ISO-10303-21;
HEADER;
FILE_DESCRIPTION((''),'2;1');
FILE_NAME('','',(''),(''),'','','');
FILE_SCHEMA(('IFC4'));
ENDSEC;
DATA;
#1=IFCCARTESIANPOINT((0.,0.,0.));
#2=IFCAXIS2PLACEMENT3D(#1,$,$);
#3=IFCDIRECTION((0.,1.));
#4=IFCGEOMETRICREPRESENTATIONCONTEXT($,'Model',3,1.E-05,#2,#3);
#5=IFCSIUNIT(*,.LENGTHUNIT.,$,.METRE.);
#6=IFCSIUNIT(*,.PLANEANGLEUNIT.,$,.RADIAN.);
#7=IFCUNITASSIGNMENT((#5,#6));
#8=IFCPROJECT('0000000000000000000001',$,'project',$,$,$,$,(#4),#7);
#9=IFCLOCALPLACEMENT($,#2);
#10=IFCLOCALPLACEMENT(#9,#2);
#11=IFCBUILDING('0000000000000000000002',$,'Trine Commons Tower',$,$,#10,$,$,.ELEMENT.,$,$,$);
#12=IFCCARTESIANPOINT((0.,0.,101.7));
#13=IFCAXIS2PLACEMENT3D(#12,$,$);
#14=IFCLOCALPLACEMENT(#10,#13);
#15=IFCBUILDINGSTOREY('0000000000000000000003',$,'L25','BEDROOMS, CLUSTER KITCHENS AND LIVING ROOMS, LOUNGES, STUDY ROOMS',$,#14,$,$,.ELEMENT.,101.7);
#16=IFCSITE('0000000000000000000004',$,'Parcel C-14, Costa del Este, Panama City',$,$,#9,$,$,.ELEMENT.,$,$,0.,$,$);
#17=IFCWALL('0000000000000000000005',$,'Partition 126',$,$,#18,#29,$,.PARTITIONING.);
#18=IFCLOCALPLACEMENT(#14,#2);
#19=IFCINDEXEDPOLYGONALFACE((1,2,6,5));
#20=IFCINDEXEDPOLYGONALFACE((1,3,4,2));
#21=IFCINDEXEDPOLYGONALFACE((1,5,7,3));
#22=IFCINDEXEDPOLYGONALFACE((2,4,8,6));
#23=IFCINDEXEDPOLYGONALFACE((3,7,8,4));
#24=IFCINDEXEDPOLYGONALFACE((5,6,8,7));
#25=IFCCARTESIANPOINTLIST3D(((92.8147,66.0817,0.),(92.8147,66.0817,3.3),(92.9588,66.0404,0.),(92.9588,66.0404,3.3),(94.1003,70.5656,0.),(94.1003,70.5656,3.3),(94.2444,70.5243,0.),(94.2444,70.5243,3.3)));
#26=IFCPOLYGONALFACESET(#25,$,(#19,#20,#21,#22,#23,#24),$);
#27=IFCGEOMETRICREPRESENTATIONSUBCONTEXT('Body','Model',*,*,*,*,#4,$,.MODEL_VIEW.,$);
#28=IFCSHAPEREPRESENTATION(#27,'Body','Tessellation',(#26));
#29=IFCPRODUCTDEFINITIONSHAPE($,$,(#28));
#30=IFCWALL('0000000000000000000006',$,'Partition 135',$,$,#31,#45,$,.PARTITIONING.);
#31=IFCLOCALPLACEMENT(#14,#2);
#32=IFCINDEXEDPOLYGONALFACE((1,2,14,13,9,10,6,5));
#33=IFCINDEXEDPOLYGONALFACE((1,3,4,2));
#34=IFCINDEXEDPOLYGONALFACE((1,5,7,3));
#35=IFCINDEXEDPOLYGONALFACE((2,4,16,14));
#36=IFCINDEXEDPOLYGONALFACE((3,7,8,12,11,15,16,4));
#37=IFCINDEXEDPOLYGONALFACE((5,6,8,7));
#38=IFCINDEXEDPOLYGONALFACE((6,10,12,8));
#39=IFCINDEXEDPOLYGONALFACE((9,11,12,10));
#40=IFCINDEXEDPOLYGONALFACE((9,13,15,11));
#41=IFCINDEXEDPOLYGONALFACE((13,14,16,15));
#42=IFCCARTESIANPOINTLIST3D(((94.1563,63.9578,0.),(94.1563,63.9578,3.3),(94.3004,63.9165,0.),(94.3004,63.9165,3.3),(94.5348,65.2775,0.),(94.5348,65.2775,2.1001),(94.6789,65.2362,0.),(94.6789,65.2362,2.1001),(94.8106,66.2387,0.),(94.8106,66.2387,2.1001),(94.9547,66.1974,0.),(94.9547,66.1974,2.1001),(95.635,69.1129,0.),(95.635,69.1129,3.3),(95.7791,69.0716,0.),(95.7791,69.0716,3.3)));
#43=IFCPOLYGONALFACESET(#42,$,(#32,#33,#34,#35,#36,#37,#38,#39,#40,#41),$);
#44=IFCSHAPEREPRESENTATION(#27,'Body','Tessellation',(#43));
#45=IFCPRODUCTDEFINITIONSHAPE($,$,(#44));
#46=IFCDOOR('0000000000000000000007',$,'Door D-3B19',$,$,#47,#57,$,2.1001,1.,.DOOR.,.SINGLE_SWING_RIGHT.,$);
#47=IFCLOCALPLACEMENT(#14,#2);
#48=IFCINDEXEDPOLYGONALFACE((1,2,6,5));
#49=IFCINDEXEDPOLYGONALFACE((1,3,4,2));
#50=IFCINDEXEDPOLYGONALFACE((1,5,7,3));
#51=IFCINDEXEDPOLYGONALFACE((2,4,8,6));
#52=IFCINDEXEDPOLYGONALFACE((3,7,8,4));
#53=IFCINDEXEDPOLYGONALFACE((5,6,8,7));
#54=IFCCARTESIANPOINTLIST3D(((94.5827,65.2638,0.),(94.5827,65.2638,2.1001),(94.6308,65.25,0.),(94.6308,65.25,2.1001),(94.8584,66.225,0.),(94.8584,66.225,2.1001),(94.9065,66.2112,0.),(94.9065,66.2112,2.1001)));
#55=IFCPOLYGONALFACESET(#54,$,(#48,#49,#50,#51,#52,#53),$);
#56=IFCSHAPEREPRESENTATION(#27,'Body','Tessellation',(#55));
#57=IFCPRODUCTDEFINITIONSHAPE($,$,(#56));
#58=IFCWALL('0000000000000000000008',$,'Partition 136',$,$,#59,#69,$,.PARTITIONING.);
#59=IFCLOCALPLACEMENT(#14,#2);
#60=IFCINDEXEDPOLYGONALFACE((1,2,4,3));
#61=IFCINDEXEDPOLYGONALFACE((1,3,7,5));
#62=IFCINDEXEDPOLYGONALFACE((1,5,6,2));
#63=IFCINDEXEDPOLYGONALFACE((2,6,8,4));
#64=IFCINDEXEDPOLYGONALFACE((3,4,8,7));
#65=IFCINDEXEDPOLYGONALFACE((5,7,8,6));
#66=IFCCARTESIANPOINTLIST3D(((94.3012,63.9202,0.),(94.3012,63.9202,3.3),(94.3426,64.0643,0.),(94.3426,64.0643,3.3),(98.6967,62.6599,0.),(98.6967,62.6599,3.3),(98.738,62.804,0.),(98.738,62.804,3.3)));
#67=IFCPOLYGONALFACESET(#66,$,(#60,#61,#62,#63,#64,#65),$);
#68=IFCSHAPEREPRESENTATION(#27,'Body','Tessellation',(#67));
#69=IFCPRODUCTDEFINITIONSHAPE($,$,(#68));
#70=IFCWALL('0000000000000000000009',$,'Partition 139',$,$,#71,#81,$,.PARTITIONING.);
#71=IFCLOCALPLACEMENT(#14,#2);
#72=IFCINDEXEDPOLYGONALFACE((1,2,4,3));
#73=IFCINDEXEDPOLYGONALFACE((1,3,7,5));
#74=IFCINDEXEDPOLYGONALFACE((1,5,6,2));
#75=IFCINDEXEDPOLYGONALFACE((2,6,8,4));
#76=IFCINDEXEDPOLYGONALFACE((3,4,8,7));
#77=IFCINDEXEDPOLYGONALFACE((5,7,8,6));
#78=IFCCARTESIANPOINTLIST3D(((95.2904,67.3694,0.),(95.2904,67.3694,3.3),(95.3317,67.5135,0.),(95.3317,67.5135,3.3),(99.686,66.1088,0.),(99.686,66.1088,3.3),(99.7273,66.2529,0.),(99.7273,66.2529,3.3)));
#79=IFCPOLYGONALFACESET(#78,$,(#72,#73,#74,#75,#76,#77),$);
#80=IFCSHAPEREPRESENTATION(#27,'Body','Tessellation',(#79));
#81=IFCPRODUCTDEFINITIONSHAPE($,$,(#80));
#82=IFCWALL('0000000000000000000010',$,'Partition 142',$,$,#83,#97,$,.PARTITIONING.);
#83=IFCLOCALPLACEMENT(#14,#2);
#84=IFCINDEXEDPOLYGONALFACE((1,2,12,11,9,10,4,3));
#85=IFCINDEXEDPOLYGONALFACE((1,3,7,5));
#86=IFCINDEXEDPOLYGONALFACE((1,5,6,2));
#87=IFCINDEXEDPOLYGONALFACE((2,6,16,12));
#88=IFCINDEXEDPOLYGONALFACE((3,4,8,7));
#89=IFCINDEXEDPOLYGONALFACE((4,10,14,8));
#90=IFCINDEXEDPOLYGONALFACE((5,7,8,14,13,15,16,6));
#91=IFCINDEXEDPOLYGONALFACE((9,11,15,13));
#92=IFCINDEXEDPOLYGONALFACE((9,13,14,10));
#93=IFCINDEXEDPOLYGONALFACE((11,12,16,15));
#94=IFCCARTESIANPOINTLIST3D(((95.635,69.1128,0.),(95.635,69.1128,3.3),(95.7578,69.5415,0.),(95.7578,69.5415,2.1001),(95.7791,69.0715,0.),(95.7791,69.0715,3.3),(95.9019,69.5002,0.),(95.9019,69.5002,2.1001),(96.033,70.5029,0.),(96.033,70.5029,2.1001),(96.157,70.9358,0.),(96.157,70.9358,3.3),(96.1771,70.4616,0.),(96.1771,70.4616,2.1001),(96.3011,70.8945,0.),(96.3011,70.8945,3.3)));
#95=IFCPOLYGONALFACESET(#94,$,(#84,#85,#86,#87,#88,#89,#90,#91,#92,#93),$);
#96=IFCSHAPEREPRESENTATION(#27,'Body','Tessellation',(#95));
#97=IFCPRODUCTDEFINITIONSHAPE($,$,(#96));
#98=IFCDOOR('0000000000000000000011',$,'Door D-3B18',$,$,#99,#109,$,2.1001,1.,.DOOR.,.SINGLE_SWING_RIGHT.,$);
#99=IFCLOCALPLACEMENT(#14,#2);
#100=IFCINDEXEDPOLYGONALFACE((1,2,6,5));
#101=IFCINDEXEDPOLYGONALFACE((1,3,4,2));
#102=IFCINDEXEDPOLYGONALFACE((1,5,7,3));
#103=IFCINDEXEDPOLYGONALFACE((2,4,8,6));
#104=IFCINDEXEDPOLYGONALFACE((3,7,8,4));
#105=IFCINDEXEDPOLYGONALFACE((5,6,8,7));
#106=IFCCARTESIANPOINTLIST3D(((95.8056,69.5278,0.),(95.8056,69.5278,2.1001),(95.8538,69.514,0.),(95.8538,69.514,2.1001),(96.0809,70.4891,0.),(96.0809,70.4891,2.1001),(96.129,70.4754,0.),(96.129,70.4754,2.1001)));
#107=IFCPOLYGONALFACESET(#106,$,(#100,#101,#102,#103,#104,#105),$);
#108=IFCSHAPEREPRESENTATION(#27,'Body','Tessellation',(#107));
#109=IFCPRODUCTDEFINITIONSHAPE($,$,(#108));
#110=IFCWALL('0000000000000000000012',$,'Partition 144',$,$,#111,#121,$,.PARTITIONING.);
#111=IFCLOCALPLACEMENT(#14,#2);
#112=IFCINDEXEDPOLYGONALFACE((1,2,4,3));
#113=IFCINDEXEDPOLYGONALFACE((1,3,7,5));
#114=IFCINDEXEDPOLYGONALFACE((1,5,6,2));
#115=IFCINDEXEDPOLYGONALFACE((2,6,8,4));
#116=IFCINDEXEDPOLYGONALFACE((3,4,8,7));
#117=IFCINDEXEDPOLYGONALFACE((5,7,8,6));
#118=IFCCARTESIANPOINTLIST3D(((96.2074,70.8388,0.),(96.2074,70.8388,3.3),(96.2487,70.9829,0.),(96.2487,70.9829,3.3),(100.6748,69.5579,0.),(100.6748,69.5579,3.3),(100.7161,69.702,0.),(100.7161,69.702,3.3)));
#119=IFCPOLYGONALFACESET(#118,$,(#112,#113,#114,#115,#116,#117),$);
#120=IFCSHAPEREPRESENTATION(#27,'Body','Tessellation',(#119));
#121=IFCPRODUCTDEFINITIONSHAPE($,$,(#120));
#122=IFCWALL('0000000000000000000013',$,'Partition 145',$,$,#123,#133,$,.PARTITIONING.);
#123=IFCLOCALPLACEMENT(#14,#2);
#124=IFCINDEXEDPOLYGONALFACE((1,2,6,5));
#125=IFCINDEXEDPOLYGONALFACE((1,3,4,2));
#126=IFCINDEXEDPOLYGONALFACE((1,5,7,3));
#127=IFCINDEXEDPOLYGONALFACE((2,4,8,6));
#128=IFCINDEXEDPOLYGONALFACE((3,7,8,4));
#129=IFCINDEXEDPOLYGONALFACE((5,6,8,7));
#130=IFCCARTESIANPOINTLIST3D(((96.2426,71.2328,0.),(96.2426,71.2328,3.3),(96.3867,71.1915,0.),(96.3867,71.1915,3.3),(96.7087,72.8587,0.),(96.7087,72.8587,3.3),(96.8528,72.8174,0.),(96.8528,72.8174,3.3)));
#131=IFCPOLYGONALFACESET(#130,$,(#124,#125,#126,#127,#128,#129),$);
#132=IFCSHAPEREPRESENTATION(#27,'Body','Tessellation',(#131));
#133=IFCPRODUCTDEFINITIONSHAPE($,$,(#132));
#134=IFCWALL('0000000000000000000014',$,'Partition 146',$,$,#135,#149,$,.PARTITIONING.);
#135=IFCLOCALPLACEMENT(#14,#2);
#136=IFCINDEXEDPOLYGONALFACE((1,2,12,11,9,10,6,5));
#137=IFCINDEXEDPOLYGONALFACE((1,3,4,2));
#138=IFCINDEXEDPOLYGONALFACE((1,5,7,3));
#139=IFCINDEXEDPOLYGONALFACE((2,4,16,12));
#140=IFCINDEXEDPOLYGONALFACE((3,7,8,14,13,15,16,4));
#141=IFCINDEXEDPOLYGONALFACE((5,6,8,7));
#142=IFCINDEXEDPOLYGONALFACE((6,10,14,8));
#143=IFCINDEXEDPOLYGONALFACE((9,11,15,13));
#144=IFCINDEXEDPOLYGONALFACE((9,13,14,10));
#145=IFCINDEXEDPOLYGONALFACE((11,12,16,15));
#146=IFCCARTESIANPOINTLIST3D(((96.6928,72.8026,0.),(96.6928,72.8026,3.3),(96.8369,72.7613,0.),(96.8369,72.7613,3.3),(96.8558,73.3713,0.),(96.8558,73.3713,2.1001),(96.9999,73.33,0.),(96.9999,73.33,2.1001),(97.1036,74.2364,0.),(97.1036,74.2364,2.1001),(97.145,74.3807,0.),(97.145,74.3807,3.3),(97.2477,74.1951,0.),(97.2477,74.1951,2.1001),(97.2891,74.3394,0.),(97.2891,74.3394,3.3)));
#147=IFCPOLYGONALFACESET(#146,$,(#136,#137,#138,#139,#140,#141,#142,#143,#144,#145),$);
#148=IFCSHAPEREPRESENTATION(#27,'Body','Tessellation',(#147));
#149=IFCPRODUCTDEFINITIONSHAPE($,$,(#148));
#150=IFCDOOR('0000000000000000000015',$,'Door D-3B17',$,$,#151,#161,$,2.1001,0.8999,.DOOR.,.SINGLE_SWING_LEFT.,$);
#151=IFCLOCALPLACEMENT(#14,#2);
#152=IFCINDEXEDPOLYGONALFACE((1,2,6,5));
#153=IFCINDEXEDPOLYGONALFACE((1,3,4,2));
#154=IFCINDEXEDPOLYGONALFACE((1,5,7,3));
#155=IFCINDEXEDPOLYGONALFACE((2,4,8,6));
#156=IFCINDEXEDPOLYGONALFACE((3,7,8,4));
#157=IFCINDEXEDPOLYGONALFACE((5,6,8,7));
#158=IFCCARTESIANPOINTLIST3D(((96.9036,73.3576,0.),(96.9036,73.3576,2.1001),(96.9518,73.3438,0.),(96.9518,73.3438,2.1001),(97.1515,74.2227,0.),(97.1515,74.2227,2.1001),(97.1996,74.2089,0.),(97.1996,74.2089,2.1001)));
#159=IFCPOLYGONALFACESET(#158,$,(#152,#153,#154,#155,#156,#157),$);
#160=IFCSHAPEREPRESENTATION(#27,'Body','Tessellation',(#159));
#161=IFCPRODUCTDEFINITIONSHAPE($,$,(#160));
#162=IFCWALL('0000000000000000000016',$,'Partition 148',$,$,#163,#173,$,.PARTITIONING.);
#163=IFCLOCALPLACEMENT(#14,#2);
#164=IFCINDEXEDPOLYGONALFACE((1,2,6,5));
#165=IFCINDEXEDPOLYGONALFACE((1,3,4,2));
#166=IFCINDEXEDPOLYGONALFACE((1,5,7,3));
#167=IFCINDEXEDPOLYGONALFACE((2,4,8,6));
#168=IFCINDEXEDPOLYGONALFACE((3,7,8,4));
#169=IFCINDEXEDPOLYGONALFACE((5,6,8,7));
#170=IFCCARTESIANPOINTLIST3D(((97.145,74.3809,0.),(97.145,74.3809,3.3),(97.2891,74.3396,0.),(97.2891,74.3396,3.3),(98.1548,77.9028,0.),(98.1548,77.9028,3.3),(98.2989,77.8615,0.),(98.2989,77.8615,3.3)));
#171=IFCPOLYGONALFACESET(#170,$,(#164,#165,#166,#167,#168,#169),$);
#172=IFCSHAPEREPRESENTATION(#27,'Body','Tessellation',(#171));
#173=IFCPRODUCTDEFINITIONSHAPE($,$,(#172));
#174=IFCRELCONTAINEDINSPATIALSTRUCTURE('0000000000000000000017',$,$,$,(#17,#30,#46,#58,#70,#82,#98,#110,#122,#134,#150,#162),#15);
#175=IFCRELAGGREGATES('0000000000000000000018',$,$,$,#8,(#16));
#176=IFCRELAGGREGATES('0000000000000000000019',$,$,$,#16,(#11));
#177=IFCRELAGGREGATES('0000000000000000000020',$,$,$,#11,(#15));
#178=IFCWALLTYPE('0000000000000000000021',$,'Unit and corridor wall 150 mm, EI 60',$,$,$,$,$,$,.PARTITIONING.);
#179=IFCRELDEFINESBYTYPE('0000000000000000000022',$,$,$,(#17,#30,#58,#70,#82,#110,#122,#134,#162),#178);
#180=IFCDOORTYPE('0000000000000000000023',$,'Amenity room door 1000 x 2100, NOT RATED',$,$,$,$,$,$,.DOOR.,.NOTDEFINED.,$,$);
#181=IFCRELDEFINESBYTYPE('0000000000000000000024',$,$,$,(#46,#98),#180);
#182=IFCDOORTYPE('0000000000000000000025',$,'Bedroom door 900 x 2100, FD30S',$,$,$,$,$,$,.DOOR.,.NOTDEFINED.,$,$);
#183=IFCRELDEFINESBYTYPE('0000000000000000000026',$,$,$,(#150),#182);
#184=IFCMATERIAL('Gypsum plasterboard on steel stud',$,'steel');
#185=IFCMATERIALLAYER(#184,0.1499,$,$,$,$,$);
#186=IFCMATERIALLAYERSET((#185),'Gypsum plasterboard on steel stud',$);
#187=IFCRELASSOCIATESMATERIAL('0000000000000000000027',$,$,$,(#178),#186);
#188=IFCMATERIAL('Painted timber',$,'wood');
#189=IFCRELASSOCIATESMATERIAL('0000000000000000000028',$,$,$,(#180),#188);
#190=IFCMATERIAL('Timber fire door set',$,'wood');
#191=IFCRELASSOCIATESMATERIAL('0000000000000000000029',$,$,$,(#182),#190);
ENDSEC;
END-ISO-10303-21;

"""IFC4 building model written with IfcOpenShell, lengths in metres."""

from ifc_helpers import new_model, si_unit, direction, frame, frame_2d, origin, place, context, subcontext, project, spatial, rectangle, extrude, material, layer, layer_set, type_object, element, fill, save


model = new_model("IFC4")

# Units and contexts
model_context = context("Model", 3, precision=1e-05, world=origin(), true_north=direction((0.0, 1.0)))
body_context = subcontext(model_context, "Body", "Model", "MODEL_VIEW")
ifc_project = project(units=[si_unit("LENGTHUNIT", "METRE"), si_unit("PLANEANGLEUNIT", "RADIAN")], contexts=[model_context])

# Site, building, storey
site_placement = place(None, origin())
site = spatial("IfcSite", under=ifc_project, at=site_placement, Name="Parcel C-14, Costa del Este, Panama City", CompositionType="ELEMENT", RefElevation=0.0)
building_placement = place(site_placement, origin())
building = spatial("IfcBuilding", under=site, at=building_placement, Name="Trine Commons Tower", CompositionType="ELEMENT")
storey_placement = place(building_placement, frame((0.0, 0.0, 101.7)))
storey = spatial("IfcBuildingStorey", under=building, at=storey_placement, Name="L25", Description="BEDROOMS, CLUSTER KITCHENS AND LIVING ROOMS, LOUNGES, STUDY ROOMS", CompositionType="ELEMENT", Elevation=101.7)

# Wall
ifc_material_1 = material(Name="Gypsum plasterboard on steel stud", Category="steel")
ifc_layer_1 = layer(ifc_material_1, 0.1499)
ifc_layer_set_1 = layer_set([ifc_layer_1], Name="Gypsum plasterboard on steel stud")
wall_type_1 = type_object("IfcWallType", Name="Unit and corridor wall 150 mm, EI 60", PredefinedType="PARTITIONING", material=ifc_layer_set_1)
wall_1_placement = place(storey_placement, frame((92.8867, 66.061, 0.0), z_axis=(0.0, 0.0, 1.0), x_axis=(0.27562, 0.961267, 0.0)))
element("IfcWall", 1, at=wall_1_placement, inside=storey, type_object=wall_type_1, Name="Partition 126", PredefinedType="PARTITIONING", context=body_context, shape_type="SweptSolid", body=[
    extrude(rectangle(XDim=4.6646, YDim=0.1499, at=frame_2d((2.3323, 0.0))), origin(), (0.0, 0.0, 1.0), 3.3),
])

# Wall, opening, door
wall_2_placement = place(storey_placement, frame((94.2283, 63.937, 0.0), z_axis=(0.0, 0.0, 1.0), x_axis=(0.275737, 0.961233, 0.0)))
wall_2 = element("IfcWall", 2, at=wall_2_placement, inside=storey, type_object=wall_type_1, Name="Partition 135", PredefinedType="PARTITIONING", context=body_context, shape_type="SweptSolid", body=[
    extrude(rectangle(XDim=5.363, YDim=0.1499, at=frame_2d((2.6816, 0.0))), origin(), (0.0, 0.0, 1.0), 3.3),
])
opening_1_placement = place(wall_2_placement, frame((1.373, 0.0, 0.0)))
opening_1 = element("IfcOpeningElement", 3, at=opening_1_placement, cuts=wall_2, PredefinedType="OPENING", context=body_context, shape_type="SweptSolid", body=[
    extrude(rectangle(XDim=1.0, YDim=2.1001, at=frame_2d((0.5, 1.05))), frame((0.0, 0.085, 0.0), z_axis=(0.0, -1.0, 0.0), x_axis=(1.0, 0.0, 0.0)), (0.0, 0.0, 1.0), 0.1699),
])
ifc_material_2 = material(Name="Painted timber", Category="wood")
door_type_1 = type_object("IfcDoorType", Name="Amenity room door 1000 x 2100, NOT RATED", OperationType="NOTDEFINED", PredefinedType="DOOR", material=ifc_material_2)
door_1_placement = place(opening_1_placement, frame((1.0, 0.0, 0.0), z_axis=(0.0, 0.0, 1.0), x_axis=(-1.0, 0.0, 0.0)))
door_1 = element("IfcDoor", 4, at=door_1_placement, inside=storey, type_object=door_type_1, Name="Door D-3B19", OperationType="SINGLE_SWING_RIGHT", OverallHeight=2.1001, OverallWidth=1.0, PredefinedType="DOOR", context=body_context, shape_type="SweptSolid", body=[
    extrude(rectangle(XDim=1.0, YDim=2.1001, at=frame_2d((0.5, 1.05))), frame((0.0, 0.0249, 0.0), z_axis=(0.0, -1.0, 0.0), x_axis=(1.0, 0.0, 0.0)), (0.0, 0.0, 1.0), 0.05),
])
fill(opening_1, door_1)

# Walls
wall_3_placement = place(storey_placement, frame((94.322, 63.9922, 0.0), z_axis=(0.0, 0.0, 1.0), x_axis=(0.96127, -0.27561, 0.0)))
element("IfcWall", 5, at=wall_3_placement, inside=storey, type_object=wall_type_1, Name="Partition 136", PredefinedType="PARTITIONING", context=body_context, shape_type="SweptSolid", body=[
    extrude(rectangle(XDim=4.5725, YDim=0.1499, at=frame_2d((2.2861, 0.0))), origin(), (0.0, 0.0, 1.0), 3.3),
])
wall_4_placement = place(storey_placement, frame((95.311, 67.4414, 0.0), z_axis=(0.0, 0.0, 1.0), x_axis=(0.961256, -0.275659, 0.0)))
element("IfcWall", 6, at=wall_4_placement, inside=storey, type_object=wall_type_1, Name="Partition 139", PredefinedType="PARTITIONING", context=body_context, shape_type="SweptSolid", body=[
    extrude(rectangle(XDim=4.5728, YDim=0.1499, at=frame_2d((2.2864, 0.0))), origin(), (0.0, 0.0, 1.0), 3.3),
])

# Wall, opening, door
wall_5_placement = place(storey_placement, frame((95.707, 69.092, 0.0), z_axis=(0.0, 0.0, 1.0), x_axis=(0.275265, 0.961368, 0.0)))
wall_5 = element("IfcWall", 7, at=wall_5_placement, inside=storey, type_object=wall_type_1, Name="Partition 142", PredefinedType="PARTITIONING", context=body_context, shape_type="SweptSolid", body=[
    extrude(rectangle(XDim=1.8962, YDim=0.1499, at=frame_2d((0.9482, 0.0))), origin(), (0.0, 0.0, 1.0), 3.3),
])
opening_2_placement = place(wall_5_placement, frame((0.446, 0.0, 0.0)))
opening_2 = element("IfcOpeningElement", 8, at=opening_2_placement, cuts=wall_5, PredefinedType="OPENING", context=body_context, shape_type="SweptSolid", body=[
    extrude(rectangle(XDim=1.0, YDim=2.1001, at=frame_2d((0.5, 1.05))), frame((0.0, 0.085, 0.0), z_axis=(0.0, -1.0, 0.0), x_axis=(1.0, 0.0, 0.0)), (0.0, 0.0, 1.0), 0.1699),
])
door_2_placement = place(opening_2_placement, frame((1.0, 0.0, 0.0), z_axis=(0.0, 0.0, 1.0), x_axis=(-1.0, 0.0, 0.0)))
door_2 = element("IfcDoor", 9, at=door_2_placement, inside=storey, type_object=door_type_1, Name="Door D-3B18", OperationType="SINGLE_SWING_RIGHT", OverallHeight=2.1001, OverallWidth=1.0, PredefinedType="DOOR", context=body_context, shape_type="SweptSolid", body=[
    extrude(rectangle(XDim=1.0, YDim=2.1001, at=frame_2d((0.5, 1.05))), frame((0.0, 0.0249, 0.0), z_axis=(0.0, -1.0, 0.0), x_axis=(1.0, 0.0, 0.0)), (0.0, 0.0, 1.0), 0.05),
])
fill(opening_2, door_2)

# Walls
wall_6_placement = place(storey_placement, frame((96.228, 70.9109, 0.0), z_axis=(0.0, 0.0, 1.0), x_axis=(0.961264, -0.27563, 0.0)))
element("IfcWall", 10, at=wall_6_placement, inside=storey, type_object=wall_type_1, Name="Partition 144", PredefinedType="PARTITIONING", context=body_context, shape_type="SweptSolid", body=[
    extrude(rectangle(XDim=4.6475, YDim=0.1499, at=frame_2d((2.3237, 0.0))), origin(), (0.0, 0.0, 1.0), 3.3),
])
wall_7_placement = place(storey_placement, frame((96.3147, 71.2122, 0.0), z_axis=(0.0, 0.0, 1.0), x_axis=(0.275541, 0.961289, 0.0)))
element("IfcWall", 11, at=wall_7_placement, inside=storey, type_object=wall_type_1, Name="Partition 145", PredefinedType="PARTITIONING", context=body_context, shape_type="SweptSolid", body=[
    extrude(rectangle(XDim=1.6914, YDim=0.1499, at=frame_2d((0.8457, 0.0))), origin(), (0.0, 0.0, 1.0), 3.3),
])

# Wall, opening, door
wall_8_placement = place(storey_placement, frame((96.7649, 72.782, 0.0), z_axis=(0.0, 0.0, 1.0), x_axis=(0.275428, 0.961322, 0.0)))
wall_8 = element("IfcWall", 12, at=wall_8_placement, inside=storey, type_object=wall_type_1, Name="Partition 146", PredefinedType="PARTITIONING", context=body_context, shape_type="SweptSolid", body=[
    extrude(rectangle(XDim=1.6416, YDim=0.1499, at=frame_2d((0.8208, 0.0))), origin(), (0.0, 0.0, 1.0), 3.3),
])
opening_3_placement = place(wall_8_placement, frame((0.5916, 0.0, 0.0)))
opening_3 = element("IfcOpeningElement", 13, at=opening_3_placement, cuts=wall_8, PredefinedType="OPENING", context=body_context, shape_type="SweptSolid", body=[
    extrude(rectangle(XDim=0.8999, YDim=2.1001, at=frame_2d((0.45, 1.05))), frame((0.0, 0.085, 0.0), z_axis=(0.0, -1.0, 0.0), x_axis=(1.0, 0.0, 0.0)), (0.0, 0.0, 1.0), 0.1699),
])
ifc_material_3 = material(Name="Timber fire door set", Category="wood")
door_type_2 = type_object("IfcDoorType", Name="Bedroom door 900 x 2100, FD30S", OperationType="NOTDEFINED", PredefinedType="DOOR", material=ifc_material_3)
door_3_placement = place(opening_3_placement, frame((0.8999, 0.0, 0.0), z_axis=(0.0, 0.0, 1.0), x_axis=(-1.0, 0.0, 0.0)))
door_3 = element("IfcDoor", 14, at=door_3_placement, inside=storey, type_object=door_type_2, Name="Door D-3B17", OperationType="SINGLE_SWING_LEFT", OverallHeight=2.1001, OverallWidth=0.8999, PredefinedType="DOOR", context=body_context, shape_type="SweptSolid", body=[
    extrude(rectangle(XDim=0.8999, YDim=2.1001, at=frame_2d((0.45, 1.05))), frame((0.0, 0.0249, 0.0), z_axis=(0.0, -1.0, 0.0), x_axis=(1.0, 0.0, 0.0)), (0.0, 0.0, 1.0), 0.05),
])
fill(opening_3, door_3)

# Wall
wall_9_placement = place(storey_placement, frame((97.217, 74.3601, 0.0), z_axis=(0.0, 0.0, 1.0), x_axis=(0.275601, 0.961272, 0.0)))
element("IfcWall", 15, at=wall_9_placement, inside=storey, type_object=wall_type_1, Name="Partition 148", PredefinedType="PARTITIONING", context=body_context, shape_type="SweptSolid", body=[
    extrude(rectangle(XDim=3.6638, YDim=0.1499, at=frame_2d((1.832, 0.0))), origin(), (0.0, 0.0, 1.0), 3.3),
])

save(model, "model.ifc")
